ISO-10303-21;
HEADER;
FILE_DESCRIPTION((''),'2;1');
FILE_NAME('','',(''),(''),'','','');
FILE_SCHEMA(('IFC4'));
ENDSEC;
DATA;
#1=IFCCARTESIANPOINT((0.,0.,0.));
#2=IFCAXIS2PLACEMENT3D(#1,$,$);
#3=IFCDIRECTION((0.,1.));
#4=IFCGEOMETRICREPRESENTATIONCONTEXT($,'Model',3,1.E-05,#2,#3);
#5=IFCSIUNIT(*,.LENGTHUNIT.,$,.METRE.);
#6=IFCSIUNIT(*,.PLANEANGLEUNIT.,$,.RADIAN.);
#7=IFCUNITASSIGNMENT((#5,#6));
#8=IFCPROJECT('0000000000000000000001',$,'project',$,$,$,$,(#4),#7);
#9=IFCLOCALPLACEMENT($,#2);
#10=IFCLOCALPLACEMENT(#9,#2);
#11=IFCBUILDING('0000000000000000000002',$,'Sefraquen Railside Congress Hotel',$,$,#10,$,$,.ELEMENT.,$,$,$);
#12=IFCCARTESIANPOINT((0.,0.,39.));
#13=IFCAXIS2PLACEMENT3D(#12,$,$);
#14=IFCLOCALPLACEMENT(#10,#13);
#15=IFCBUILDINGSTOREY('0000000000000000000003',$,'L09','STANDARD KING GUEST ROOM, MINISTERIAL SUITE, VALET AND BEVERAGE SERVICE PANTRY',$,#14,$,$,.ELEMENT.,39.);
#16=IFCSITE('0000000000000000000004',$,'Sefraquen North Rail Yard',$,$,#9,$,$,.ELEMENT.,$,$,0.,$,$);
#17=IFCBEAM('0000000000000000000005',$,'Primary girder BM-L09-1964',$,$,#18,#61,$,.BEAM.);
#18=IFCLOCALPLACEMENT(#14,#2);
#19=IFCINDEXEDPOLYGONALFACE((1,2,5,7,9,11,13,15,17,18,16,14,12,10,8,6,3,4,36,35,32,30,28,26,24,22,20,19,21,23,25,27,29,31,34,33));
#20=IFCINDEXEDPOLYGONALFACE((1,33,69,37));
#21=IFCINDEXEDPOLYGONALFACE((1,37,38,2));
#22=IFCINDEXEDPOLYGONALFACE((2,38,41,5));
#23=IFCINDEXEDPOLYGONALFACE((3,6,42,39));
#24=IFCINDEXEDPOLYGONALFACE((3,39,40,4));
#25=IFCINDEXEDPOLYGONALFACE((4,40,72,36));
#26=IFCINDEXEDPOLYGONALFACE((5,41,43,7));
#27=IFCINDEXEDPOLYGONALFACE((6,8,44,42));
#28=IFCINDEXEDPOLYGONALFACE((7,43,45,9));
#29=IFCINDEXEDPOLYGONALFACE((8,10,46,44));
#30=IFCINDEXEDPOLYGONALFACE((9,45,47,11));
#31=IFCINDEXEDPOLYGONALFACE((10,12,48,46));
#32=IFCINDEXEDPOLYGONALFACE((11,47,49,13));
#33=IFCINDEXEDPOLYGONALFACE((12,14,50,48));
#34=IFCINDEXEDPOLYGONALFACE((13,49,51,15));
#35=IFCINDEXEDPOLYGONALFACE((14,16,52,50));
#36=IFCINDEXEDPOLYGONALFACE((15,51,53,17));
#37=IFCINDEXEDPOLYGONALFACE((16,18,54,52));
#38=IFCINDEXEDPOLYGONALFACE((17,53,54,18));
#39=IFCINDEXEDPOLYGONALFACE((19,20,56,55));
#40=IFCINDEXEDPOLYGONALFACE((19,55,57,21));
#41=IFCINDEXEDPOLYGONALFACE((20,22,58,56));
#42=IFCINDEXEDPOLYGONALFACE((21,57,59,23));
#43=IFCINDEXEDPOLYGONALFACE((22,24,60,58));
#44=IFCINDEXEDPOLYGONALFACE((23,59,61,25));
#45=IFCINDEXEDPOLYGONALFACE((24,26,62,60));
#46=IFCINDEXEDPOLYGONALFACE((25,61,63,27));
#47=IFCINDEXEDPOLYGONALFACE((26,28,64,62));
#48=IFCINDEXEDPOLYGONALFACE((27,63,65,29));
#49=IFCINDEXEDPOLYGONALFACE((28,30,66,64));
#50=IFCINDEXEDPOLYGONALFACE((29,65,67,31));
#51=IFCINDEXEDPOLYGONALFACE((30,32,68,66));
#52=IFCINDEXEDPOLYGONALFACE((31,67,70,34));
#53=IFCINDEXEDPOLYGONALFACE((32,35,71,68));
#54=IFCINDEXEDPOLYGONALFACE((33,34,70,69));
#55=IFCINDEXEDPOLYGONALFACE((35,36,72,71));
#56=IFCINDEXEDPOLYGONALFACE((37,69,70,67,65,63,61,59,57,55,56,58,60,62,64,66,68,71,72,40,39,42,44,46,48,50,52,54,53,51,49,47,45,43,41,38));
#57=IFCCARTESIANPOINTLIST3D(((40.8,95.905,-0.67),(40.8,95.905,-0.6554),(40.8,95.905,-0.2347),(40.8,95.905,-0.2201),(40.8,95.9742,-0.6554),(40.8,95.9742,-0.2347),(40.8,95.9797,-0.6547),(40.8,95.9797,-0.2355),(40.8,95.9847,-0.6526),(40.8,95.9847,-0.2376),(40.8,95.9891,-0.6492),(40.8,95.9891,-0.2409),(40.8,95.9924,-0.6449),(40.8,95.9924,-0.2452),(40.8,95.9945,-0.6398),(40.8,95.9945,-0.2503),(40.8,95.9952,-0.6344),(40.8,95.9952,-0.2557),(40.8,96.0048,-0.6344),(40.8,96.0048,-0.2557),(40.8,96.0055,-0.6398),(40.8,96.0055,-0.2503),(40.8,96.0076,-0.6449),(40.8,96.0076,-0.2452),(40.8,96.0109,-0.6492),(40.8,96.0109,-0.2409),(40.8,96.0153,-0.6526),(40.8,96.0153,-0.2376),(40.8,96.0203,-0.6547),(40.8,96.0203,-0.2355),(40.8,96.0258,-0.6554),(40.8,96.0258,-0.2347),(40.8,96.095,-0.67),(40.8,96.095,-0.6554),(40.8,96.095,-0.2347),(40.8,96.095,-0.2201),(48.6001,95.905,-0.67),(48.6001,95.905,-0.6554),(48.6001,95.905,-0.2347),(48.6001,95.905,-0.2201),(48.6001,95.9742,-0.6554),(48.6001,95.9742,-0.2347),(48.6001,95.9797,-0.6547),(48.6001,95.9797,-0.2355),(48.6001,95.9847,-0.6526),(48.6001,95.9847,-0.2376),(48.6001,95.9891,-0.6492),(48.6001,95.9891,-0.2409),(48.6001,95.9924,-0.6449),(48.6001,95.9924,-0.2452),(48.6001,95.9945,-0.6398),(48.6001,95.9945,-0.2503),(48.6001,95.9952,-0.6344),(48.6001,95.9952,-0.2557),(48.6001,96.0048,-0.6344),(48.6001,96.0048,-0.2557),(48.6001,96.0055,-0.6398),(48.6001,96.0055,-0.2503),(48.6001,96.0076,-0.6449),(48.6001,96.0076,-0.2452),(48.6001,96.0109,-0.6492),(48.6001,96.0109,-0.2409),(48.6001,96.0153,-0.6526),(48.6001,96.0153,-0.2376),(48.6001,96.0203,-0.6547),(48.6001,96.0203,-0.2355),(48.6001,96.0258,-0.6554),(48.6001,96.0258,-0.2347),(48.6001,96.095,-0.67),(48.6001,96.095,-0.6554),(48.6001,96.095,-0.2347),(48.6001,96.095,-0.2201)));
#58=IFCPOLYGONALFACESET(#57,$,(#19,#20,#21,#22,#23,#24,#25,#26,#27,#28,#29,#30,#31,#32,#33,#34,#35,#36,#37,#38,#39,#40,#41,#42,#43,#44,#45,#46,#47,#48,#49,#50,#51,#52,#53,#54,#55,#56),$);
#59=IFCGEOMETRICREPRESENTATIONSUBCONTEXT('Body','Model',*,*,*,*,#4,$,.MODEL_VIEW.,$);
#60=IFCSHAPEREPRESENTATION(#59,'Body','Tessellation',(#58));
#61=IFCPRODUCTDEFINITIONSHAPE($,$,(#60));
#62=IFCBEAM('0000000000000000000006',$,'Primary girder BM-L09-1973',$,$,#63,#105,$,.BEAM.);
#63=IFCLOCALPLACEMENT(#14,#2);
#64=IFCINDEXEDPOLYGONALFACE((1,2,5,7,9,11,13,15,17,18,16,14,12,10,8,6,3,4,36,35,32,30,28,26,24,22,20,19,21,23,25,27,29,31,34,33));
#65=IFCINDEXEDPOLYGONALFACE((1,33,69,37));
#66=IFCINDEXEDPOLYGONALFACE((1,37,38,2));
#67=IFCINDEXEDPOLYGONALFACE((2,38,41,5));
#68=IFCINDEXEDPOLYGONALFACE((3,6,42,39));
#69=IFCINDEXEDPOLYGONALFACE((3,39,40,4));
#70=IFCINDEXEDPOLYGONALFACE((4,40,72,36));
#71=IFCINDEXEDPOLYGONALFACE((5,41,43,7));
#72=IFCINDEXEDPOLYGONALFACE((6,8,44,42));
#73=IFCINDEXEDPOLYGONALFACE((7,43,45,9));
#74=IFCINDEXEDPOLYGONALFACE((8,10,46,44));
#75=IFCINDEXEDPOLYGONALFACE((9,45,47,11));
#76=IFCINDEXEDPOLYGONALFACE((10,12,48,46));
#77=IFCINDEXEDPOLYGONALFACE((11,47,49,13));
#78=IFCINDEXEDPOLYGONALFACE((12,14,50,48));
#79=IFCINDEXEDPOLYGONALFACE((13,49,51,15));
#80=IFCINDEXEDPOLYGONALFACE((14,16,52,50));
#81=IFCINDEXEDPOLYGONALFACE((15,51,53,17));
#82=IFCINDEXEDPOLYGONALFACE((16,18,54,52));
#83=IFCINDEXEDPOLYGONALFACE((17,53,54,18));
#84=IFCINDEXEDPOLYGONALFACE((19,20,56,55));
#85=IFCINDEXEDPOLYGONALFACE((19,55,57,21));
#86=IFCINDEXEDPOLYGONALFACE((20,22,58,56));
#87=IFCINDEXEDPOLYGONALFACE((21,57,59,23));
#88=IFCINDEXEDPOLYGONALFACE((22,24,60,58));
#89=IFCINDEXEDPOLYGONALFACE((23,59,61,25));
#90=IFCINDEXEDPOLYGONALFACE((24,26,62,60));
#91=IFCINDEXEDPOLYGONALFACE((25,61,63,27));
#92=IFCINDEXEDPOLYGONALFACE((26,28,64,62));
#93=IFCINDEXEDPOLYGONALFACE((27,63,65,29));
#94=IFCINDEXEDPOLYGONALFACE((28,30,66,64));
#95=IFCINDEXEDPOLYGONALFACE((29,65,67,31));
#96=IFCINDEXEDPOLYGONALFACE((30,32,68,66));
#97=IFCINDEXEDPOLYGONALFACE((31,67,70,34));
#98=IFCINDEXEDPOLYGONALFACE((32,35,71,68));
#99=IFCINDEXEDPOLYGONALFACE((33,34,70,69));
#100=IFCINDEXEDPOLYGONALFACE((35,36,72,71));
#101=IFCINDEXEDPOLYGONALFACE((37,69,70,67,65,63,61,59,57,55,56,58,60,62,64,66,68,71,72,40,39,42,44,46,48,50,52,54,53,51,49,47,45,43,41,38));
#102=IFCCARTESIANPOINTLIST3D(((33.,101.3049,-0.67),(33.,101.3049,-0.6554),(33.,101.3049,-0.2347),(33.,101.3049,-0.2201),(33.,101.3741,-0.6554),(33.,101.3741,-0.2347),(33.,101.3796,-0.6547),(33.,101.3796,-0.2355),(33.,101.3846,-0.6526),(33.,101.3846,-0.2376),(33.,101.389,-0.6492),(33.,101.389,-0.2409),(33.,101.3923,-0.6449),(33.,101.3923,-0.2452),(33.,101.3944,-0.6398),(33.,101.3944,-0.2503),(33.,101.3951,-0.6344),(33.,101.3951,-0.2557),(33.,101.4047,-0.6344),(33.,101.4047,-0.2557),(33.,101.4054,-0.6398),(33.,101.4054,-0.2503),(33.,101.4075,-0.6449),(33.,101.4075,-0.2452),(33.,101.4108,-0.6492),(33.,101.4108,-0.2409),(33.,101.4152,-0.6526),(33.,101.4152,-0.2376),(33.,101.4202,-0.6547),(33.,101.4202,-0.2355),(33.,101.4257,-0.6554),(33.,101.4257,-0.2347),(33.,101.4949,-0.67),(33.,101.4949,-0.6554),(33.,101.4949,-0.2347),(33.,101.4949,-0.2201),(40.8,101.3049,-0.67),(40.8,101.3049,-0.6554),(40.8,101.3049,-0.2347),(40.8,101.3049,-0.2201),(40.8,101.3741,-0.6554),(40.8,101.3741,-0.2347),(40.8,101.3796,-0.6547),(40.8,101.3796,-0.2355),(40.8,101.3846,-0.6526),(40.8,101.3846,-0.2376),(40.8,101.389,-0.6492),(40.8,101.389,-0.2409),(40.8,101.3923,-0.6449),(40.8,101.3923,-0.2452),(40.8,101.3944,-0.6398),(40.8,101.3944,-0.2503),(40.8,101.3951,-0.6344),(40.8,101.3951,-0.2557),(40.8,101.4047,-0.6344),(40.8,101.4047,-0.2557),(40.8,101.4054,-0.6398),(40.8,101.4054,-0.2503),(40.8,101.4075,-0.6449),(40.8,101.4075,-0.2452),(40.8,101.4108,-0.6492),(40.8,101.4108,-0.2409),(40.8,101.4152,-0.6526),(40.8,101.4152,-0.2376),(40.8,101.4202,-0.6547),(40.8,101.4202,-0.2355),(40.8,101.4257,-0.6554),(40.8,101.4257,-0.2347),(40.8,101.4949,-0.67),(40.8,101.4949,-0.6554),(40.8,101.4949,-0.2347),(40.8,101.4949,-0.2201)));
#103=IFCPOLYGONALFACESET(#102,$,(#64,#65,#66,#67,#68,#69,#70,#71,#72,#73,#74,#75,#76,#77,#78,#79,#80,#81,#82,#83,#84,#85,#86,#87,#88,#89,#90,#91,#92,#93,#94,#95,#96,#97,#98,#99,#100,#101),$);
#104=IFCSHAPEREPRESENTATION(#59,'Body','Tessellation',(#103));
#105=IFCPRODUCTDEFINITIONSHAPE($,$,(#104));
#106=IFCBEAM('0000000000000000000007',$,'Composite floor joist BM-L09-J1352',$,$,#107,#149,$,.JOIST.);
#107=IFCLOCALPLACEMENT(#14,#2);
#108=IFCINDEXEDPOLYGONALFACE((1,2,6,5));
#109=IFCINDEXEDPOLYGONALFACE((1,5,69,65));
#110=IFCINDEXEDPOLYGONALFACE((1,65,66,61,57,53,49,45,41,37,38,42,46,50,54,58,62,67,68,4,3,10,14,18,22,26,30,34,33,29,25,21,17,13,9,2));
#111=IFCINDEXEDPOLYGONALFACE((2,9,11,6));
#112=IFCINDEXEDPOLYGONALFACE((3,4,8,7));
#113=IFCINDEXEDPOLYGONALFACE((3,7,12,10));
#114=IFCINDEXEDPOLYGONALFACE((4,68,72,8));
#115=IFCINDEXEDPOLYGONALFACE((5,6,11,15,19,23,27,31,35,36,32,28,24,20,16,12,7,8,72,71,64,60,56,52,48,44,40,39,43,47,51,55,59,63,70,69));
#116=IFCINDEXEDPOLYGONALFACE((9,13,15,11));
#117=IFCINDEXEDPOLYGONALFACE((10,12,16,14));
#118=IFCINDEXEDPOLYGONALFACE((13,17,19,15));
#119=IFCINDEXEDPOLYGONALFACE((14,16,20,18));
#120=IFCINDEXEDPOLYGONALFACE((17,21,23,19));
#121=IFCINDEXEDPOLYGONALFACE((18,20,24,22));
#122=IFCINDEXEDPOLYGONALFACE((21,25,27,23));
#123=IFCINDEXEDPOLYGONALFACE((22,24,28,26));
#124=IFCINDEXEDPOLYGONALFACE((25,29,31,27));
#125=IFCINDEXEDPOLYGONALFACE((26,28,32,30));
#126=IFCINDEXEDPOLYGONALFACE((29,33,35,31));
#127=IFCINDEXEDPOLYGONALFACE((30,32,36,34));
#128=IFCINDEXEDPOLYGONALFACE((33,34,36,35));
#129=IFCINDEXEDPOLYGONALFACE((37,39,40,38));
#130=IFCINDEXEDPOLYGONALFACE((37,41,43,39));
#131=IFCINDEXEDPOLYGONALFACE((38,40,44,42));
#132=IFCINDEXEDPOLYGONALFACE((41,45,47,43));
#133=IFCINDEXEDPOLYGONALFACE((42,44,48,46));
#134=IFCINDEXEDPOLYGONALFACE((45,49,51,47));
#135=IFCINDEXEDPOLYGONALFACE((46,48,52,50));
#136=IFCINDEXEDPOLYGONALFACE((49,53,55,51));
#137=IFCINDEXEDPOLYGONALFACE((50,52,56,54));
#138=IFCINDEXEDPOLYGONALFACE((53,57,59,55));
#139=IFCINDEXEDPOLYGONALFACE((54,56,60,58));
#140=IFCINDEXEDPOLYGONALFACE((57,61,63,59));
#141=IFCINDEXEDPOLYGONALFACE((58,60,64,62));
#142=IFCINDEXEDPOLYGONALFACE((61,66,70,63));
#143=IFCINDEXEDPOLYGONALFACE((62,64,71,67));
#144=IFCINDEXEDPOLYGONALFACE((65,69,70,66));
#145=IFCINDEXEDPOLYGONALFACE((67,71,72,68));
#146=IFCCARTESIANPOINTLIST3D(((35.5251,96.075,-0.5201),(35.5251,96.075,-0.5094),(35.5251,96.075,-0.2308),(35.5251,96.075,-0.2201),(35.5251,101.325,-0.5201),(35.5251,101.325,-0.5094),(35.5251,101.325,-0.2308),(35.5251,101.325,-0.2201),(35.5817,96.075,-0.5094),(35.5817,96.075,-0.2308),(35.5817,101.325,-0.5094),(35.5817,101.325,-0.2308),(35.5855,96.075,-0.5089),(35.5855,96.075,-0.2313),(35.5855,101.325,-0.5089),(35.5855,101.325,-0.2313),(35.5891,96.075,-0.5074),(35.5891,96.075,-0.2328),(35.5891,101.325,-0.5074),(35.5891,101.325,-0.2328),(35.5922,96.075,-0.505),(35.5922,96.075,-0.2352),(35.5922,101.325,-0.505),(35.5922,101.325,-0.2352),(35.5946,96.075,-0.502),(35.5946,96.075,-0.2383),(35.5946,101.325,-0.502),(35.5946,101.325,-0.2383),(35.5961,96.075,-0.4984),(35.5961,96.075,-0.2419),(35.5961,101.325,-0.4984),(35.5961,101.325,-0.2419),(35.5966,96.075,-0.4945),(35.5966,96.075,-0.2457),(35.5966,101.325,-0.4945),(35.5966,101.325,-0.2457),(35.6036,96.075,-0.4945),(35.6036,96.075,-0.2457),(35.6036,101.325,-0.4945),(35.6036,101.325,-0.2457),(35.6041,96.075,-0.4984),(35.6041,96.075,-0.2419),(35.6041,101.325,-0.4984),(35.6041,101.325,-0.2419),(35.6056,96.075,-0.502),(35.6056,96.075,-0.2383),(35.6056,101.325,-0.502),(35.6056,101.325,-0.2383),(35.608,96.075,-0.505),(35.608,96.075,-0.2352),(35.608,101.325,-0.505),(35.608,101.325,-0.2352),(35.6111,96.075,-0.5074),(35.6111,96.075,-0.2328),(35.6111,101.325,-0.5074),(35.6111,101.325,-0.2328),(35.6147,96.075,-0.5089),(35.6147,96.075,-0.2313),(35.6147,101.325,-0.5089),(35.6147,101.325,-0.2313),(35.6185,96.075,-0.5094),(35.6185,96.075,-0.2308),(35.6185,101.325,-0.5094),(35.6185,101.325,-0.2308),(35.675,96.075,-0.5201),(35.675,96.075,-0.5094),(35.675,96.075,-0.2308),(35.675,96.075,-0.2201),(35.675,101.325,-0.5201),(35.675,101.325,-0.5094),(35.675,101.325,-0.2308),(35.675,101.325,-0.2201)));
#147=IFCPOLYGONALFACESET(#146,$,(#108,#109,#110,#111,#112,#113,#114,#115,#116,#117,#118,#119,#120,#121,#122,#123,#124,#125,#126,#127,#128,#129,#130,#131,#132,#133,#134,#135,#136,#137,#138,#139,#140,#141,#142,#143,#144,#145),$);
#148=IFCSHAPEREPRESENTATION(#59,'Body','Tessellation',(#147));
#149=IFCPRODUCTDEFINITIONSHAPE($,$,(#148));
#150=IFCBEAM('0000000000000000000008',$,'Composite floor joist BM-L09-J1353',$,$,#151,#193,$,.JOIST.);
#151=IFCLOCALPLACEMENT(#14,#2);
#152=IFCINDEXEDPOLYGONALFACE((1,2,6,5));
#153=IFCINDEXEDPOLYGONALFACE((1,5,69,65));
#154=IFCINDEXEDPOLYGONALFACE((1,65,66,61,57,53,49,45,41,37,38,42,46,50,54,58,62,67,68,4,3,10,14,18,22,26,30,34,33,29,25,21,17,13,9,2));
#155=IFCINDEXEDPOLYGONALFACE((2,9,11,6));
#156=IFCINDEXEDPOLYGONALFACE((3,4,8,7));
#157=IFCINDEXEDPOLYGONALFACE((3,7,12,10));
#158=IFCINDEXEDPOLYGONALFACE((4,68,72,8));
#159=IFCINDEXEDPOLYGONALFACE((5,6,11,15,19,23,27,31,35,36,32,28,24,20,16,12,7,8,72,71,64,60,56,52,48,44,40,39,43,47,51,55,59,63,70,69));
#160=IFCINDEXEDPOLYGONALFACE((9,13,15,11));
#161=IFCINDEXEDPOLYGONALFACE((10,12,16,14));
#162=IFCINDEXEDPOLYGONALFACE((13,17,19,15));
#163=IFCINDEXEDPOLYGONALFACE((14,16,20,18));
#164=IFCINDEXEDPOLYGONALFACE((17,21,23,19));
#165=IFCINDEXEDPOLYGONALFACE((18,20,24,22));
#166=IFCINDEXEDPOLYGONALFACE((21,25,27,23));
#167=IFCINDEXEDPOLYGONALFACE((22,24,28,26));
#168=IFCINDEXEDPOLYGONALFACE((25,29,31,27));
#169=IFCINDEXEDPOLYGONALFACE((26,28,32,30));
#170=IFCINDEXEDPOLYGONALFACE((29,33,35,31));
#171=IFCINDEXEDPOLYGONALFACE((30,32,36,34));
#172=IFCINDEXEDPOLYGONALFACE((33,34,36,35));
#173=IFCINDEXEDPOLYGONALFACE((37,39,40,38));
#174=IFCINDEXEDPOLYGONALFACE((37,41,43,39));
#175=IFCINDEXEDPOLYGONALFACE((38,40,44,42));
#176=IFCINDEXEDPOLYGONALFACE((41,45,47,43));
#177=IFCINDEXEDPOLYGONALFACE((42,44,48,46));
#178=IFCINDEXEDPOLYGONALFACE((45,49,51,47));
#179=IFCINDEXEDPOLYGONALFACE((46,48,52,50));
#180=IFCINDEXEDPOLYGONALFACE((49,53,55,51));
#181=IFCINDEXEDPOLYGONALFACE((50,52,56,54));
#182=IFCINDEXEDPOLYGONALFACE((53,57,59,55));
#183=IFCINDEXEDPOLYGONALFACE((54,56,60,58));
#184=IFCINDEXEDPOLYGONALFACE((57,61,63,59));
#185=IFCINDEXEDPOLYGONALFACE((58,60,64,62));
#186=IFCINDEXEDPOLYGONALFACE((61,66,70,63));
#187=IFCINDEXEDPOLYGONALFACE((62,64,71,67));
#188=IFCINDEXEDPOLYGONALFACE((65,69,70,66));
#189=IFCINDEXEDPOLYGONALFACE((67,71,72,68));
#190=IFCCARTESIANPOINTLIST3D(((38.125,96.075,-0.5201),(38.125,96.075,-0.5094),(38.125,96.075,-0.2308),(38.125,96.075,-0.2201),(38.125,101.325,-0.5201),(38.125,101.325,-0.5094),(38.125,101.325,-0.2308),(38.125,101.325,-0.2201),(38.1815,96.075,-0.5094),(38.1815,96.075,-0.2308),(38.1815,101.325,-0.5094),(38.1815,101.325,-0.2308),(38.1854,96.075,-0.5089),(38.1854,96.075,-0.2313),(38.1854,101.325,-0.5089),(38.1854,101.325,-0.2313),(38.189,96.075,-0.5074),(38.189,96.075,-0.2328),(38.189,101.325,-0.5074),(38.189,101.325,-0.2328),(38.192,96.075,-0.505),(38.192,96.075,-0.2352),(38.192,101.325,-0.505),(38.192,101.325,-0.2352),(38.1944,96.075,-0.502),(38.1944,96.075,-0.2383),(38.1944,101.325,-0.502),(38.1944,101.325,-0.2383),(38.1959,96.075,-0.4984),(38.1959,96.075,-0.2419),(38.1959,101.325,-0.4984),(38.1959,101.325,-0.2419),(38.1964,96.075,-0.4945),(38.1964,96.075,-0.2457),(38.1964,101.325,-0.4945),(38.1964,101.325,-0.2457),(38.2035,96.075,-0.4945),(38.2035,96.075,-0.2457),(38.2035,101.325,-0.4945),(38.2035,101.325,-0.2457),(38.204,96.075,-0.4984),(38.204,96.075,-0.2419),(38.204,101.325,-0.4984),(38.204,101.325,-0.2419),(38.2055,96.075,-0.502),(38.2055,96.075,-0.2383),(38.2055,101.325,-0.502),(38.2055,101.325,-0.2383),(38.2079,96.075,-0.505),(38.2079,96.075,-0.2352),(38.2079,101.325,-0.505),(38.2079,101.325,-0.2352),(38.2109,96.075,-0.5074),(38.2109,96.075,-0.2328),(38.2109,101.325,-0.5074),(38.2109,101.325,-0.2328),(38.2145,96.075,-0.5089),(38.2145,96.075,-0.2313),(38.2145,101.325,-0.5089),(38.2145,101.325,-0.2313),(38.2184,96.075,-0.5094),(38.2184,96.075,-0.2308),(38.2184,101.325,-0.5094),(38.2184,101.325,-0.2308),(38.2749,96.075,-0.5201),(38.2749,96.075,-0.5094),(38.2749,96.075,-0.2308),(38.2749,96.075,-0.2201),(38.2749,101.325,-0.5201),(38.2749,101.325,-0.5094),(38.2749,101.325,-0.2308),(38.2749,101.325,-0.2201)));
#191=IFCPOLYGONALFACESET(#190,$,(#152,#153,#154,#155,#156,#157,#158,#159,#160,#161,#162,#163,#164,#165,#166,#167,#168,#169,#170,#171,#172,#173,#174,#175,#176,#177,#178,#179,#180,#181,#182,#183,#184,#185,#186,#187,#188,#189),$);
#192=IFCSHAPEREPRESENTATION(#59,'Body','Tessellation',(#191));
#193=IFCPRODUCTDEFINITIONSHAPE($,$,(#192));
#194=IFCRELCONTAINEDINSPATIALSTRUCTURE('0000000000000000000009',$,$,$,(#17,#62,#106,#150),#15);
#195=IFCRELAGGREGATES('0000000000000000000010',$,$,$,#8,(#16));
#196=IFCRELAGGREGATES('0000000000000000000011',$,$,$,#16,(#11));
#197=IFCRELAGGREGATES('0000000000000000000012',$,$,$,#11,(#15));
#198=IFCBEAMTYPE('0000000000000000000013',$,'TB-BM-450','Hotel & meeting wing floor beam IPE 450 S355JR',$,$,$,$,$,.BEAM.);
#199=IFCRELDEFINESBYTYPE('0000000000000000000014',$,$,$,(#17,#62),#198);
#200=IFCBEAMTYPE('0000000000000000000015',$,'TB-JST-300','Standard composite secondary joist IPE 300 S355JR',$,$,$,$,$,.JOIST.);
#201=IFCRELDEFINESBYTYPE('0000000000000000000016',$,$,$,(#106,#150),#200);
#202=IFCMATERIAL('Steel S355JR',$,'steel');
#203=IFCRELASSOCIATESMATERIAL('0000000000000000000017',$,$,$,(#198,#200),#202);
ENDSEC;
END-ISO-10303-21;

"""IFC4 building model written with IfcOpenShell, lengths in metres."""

from ifc_helpers import new_model, si_unit, direction, frame, origin, origin_2d, place, context, subcontext, project, spatial, i_section, extrude, material, material_profile, profile_set, type_object, element, save


model = new_model("IFC4")

# Units and contexts
model_context = context("Model", 3, precision=1e-05, world=origin(), true_north=direction((0.0, 1.0)))
body_context = subcontext(model_context, "Body", "Model", "MODEL_VIEW")
ifc_project = project(units=[si_unit("LENGTHUNIT", "METRE"), si_unit("PLANEANGLEUNIT", "RADIAN")], contexts=[model_context])

# Site, building, storey
site_placement = place(None, origin())
site = spatial("IfcSite", under=ifc_project, at=site_placement, Name="Sefraquen North Rail Yard", CompositionType="ELEMENT", RefElevation=0.0)
building_placement = place(site_placement, origin())
building = spatial("IfcBuilding", under=site, at=building_placement, Name="Sefraquen Railside Congress Hotel", CompositionType="ELEMENT")
storey_placement = place(building_placement, frame((0.0, 0.0, 39.0)))
storey = spatial("IfcBuildingStorey", under=building, at=storey_placement, Name="L09", Description="STANDARD KING GUEST ROOM, MINISTERIAL SUITE, VALET AND BEVERAGE SERVICE PANTRY", CompositionType="ELEMENT", Elevation=39.0)

# Shared definitions
ifc_material_1 = material(Name="Steel S355JR", Category="steel")

# Beams
ifc_material_profile_1 = material_profile(ifc_material_1, i_section(OverallWidth=0.1899, OverallDepth=0.45, WebThickness=0.0095, FlangeThickness=0.0146, FilletRadius=0.021, at=origin_2d()), Name="IPE 450")
ifc_profile_set_1 = profile_set([ifc_material_profile_1], Name="Steel S355JR")
beam_type_1 = type_object("IfcBeamType", Name="TB-BM-450", Description="Hotel & meeting wing floor beam IPE 450 S355JR", PredefinedType="BEAM", material=ifc_profile_set_1)
for number, where, z_axis, x_axis, name in (
    (1, (40.8, 96.0, -0.4451), (1.0, 0.0, 0.0), (0.0, 1.0, 0.0), "Primary girder BM-L09-1964"),
    (2, (33.0, 101.3999, -0.4451), (1.0, 0.0, 0.0), (0.0, 1.0, 0.0), "Primary girder BM-L09-1973"),
):
    element("IfcBeam", number, at=place(storey_placement, frame(where, z_axis=z_axis, x_axis=x_axis)), inside=storey, type_object=beam_type_1, Name=name, PredefinedType="BEAM", context=body_context, shape_type="SweptSolid", body=[
        extrude(i_section(OverallWidth=0.1899, OverallDepth=0.45, WebThickness=0.0095, FlangeThickness=0.0146, FilletRadius=0.021, at=origin_2d()), origin(), (0.0, 0.0, 1.0), 7.8),
    ])
ifc_material_profile_2 = material_profile(ifc_material_1, i_section(OverallWidth=0.1499, OverallDepth=0.3, WebThickness=0.0071, FlangeThickness=0.0107, FilletRadius=0.0149, at=origin_2d()), Name="IPE 300")
ifc_profile_set_2 = profile_set([ifc_material_profile_2], Name="Steel S355JR")
beam_type_2 = type_object("IfcBeamType", Name="TB-JST-300", Description="Standard composite secondary joist IPE 300 S355JR", PredefinedType="JOIST", material=ifc_profile_set_2)
for number, where, z_axis, x_axis, name in (
    (3, (35.6001, 96.075, -0.3701), (0.0, 1.0, 0.0), (-1.0, 0.0, 0.0), "Composite floor joist BM-L09-J1352"),
    (4, (38.2, 96.075, -0.3701), (0.0, 1.0, 0.0), (-1.0, 0.0, 0.0), "Composite floor joist BM-L09-J1353"),
):
    element("IfcBeam", number, at=place(storey_placement, frame(where, z_axis=z_axis, x_axis=x_axis)), inside=storey, type_object=beam_type_2, Name=name, PredefinedType="JOIST", context=body_context, shape_type="SweptSolid", body=[
        extrude(i_section(OverallWidth=0.1499, OverallDepth=0.3, WebThickness=0.0071, FlangeThickness=0.0107, FilletRadius=0.0149, at=origin_2d()), origin(), (0.0, 0.0, 1.0), 5.25),
    ])

save(model, "model.ifc")
